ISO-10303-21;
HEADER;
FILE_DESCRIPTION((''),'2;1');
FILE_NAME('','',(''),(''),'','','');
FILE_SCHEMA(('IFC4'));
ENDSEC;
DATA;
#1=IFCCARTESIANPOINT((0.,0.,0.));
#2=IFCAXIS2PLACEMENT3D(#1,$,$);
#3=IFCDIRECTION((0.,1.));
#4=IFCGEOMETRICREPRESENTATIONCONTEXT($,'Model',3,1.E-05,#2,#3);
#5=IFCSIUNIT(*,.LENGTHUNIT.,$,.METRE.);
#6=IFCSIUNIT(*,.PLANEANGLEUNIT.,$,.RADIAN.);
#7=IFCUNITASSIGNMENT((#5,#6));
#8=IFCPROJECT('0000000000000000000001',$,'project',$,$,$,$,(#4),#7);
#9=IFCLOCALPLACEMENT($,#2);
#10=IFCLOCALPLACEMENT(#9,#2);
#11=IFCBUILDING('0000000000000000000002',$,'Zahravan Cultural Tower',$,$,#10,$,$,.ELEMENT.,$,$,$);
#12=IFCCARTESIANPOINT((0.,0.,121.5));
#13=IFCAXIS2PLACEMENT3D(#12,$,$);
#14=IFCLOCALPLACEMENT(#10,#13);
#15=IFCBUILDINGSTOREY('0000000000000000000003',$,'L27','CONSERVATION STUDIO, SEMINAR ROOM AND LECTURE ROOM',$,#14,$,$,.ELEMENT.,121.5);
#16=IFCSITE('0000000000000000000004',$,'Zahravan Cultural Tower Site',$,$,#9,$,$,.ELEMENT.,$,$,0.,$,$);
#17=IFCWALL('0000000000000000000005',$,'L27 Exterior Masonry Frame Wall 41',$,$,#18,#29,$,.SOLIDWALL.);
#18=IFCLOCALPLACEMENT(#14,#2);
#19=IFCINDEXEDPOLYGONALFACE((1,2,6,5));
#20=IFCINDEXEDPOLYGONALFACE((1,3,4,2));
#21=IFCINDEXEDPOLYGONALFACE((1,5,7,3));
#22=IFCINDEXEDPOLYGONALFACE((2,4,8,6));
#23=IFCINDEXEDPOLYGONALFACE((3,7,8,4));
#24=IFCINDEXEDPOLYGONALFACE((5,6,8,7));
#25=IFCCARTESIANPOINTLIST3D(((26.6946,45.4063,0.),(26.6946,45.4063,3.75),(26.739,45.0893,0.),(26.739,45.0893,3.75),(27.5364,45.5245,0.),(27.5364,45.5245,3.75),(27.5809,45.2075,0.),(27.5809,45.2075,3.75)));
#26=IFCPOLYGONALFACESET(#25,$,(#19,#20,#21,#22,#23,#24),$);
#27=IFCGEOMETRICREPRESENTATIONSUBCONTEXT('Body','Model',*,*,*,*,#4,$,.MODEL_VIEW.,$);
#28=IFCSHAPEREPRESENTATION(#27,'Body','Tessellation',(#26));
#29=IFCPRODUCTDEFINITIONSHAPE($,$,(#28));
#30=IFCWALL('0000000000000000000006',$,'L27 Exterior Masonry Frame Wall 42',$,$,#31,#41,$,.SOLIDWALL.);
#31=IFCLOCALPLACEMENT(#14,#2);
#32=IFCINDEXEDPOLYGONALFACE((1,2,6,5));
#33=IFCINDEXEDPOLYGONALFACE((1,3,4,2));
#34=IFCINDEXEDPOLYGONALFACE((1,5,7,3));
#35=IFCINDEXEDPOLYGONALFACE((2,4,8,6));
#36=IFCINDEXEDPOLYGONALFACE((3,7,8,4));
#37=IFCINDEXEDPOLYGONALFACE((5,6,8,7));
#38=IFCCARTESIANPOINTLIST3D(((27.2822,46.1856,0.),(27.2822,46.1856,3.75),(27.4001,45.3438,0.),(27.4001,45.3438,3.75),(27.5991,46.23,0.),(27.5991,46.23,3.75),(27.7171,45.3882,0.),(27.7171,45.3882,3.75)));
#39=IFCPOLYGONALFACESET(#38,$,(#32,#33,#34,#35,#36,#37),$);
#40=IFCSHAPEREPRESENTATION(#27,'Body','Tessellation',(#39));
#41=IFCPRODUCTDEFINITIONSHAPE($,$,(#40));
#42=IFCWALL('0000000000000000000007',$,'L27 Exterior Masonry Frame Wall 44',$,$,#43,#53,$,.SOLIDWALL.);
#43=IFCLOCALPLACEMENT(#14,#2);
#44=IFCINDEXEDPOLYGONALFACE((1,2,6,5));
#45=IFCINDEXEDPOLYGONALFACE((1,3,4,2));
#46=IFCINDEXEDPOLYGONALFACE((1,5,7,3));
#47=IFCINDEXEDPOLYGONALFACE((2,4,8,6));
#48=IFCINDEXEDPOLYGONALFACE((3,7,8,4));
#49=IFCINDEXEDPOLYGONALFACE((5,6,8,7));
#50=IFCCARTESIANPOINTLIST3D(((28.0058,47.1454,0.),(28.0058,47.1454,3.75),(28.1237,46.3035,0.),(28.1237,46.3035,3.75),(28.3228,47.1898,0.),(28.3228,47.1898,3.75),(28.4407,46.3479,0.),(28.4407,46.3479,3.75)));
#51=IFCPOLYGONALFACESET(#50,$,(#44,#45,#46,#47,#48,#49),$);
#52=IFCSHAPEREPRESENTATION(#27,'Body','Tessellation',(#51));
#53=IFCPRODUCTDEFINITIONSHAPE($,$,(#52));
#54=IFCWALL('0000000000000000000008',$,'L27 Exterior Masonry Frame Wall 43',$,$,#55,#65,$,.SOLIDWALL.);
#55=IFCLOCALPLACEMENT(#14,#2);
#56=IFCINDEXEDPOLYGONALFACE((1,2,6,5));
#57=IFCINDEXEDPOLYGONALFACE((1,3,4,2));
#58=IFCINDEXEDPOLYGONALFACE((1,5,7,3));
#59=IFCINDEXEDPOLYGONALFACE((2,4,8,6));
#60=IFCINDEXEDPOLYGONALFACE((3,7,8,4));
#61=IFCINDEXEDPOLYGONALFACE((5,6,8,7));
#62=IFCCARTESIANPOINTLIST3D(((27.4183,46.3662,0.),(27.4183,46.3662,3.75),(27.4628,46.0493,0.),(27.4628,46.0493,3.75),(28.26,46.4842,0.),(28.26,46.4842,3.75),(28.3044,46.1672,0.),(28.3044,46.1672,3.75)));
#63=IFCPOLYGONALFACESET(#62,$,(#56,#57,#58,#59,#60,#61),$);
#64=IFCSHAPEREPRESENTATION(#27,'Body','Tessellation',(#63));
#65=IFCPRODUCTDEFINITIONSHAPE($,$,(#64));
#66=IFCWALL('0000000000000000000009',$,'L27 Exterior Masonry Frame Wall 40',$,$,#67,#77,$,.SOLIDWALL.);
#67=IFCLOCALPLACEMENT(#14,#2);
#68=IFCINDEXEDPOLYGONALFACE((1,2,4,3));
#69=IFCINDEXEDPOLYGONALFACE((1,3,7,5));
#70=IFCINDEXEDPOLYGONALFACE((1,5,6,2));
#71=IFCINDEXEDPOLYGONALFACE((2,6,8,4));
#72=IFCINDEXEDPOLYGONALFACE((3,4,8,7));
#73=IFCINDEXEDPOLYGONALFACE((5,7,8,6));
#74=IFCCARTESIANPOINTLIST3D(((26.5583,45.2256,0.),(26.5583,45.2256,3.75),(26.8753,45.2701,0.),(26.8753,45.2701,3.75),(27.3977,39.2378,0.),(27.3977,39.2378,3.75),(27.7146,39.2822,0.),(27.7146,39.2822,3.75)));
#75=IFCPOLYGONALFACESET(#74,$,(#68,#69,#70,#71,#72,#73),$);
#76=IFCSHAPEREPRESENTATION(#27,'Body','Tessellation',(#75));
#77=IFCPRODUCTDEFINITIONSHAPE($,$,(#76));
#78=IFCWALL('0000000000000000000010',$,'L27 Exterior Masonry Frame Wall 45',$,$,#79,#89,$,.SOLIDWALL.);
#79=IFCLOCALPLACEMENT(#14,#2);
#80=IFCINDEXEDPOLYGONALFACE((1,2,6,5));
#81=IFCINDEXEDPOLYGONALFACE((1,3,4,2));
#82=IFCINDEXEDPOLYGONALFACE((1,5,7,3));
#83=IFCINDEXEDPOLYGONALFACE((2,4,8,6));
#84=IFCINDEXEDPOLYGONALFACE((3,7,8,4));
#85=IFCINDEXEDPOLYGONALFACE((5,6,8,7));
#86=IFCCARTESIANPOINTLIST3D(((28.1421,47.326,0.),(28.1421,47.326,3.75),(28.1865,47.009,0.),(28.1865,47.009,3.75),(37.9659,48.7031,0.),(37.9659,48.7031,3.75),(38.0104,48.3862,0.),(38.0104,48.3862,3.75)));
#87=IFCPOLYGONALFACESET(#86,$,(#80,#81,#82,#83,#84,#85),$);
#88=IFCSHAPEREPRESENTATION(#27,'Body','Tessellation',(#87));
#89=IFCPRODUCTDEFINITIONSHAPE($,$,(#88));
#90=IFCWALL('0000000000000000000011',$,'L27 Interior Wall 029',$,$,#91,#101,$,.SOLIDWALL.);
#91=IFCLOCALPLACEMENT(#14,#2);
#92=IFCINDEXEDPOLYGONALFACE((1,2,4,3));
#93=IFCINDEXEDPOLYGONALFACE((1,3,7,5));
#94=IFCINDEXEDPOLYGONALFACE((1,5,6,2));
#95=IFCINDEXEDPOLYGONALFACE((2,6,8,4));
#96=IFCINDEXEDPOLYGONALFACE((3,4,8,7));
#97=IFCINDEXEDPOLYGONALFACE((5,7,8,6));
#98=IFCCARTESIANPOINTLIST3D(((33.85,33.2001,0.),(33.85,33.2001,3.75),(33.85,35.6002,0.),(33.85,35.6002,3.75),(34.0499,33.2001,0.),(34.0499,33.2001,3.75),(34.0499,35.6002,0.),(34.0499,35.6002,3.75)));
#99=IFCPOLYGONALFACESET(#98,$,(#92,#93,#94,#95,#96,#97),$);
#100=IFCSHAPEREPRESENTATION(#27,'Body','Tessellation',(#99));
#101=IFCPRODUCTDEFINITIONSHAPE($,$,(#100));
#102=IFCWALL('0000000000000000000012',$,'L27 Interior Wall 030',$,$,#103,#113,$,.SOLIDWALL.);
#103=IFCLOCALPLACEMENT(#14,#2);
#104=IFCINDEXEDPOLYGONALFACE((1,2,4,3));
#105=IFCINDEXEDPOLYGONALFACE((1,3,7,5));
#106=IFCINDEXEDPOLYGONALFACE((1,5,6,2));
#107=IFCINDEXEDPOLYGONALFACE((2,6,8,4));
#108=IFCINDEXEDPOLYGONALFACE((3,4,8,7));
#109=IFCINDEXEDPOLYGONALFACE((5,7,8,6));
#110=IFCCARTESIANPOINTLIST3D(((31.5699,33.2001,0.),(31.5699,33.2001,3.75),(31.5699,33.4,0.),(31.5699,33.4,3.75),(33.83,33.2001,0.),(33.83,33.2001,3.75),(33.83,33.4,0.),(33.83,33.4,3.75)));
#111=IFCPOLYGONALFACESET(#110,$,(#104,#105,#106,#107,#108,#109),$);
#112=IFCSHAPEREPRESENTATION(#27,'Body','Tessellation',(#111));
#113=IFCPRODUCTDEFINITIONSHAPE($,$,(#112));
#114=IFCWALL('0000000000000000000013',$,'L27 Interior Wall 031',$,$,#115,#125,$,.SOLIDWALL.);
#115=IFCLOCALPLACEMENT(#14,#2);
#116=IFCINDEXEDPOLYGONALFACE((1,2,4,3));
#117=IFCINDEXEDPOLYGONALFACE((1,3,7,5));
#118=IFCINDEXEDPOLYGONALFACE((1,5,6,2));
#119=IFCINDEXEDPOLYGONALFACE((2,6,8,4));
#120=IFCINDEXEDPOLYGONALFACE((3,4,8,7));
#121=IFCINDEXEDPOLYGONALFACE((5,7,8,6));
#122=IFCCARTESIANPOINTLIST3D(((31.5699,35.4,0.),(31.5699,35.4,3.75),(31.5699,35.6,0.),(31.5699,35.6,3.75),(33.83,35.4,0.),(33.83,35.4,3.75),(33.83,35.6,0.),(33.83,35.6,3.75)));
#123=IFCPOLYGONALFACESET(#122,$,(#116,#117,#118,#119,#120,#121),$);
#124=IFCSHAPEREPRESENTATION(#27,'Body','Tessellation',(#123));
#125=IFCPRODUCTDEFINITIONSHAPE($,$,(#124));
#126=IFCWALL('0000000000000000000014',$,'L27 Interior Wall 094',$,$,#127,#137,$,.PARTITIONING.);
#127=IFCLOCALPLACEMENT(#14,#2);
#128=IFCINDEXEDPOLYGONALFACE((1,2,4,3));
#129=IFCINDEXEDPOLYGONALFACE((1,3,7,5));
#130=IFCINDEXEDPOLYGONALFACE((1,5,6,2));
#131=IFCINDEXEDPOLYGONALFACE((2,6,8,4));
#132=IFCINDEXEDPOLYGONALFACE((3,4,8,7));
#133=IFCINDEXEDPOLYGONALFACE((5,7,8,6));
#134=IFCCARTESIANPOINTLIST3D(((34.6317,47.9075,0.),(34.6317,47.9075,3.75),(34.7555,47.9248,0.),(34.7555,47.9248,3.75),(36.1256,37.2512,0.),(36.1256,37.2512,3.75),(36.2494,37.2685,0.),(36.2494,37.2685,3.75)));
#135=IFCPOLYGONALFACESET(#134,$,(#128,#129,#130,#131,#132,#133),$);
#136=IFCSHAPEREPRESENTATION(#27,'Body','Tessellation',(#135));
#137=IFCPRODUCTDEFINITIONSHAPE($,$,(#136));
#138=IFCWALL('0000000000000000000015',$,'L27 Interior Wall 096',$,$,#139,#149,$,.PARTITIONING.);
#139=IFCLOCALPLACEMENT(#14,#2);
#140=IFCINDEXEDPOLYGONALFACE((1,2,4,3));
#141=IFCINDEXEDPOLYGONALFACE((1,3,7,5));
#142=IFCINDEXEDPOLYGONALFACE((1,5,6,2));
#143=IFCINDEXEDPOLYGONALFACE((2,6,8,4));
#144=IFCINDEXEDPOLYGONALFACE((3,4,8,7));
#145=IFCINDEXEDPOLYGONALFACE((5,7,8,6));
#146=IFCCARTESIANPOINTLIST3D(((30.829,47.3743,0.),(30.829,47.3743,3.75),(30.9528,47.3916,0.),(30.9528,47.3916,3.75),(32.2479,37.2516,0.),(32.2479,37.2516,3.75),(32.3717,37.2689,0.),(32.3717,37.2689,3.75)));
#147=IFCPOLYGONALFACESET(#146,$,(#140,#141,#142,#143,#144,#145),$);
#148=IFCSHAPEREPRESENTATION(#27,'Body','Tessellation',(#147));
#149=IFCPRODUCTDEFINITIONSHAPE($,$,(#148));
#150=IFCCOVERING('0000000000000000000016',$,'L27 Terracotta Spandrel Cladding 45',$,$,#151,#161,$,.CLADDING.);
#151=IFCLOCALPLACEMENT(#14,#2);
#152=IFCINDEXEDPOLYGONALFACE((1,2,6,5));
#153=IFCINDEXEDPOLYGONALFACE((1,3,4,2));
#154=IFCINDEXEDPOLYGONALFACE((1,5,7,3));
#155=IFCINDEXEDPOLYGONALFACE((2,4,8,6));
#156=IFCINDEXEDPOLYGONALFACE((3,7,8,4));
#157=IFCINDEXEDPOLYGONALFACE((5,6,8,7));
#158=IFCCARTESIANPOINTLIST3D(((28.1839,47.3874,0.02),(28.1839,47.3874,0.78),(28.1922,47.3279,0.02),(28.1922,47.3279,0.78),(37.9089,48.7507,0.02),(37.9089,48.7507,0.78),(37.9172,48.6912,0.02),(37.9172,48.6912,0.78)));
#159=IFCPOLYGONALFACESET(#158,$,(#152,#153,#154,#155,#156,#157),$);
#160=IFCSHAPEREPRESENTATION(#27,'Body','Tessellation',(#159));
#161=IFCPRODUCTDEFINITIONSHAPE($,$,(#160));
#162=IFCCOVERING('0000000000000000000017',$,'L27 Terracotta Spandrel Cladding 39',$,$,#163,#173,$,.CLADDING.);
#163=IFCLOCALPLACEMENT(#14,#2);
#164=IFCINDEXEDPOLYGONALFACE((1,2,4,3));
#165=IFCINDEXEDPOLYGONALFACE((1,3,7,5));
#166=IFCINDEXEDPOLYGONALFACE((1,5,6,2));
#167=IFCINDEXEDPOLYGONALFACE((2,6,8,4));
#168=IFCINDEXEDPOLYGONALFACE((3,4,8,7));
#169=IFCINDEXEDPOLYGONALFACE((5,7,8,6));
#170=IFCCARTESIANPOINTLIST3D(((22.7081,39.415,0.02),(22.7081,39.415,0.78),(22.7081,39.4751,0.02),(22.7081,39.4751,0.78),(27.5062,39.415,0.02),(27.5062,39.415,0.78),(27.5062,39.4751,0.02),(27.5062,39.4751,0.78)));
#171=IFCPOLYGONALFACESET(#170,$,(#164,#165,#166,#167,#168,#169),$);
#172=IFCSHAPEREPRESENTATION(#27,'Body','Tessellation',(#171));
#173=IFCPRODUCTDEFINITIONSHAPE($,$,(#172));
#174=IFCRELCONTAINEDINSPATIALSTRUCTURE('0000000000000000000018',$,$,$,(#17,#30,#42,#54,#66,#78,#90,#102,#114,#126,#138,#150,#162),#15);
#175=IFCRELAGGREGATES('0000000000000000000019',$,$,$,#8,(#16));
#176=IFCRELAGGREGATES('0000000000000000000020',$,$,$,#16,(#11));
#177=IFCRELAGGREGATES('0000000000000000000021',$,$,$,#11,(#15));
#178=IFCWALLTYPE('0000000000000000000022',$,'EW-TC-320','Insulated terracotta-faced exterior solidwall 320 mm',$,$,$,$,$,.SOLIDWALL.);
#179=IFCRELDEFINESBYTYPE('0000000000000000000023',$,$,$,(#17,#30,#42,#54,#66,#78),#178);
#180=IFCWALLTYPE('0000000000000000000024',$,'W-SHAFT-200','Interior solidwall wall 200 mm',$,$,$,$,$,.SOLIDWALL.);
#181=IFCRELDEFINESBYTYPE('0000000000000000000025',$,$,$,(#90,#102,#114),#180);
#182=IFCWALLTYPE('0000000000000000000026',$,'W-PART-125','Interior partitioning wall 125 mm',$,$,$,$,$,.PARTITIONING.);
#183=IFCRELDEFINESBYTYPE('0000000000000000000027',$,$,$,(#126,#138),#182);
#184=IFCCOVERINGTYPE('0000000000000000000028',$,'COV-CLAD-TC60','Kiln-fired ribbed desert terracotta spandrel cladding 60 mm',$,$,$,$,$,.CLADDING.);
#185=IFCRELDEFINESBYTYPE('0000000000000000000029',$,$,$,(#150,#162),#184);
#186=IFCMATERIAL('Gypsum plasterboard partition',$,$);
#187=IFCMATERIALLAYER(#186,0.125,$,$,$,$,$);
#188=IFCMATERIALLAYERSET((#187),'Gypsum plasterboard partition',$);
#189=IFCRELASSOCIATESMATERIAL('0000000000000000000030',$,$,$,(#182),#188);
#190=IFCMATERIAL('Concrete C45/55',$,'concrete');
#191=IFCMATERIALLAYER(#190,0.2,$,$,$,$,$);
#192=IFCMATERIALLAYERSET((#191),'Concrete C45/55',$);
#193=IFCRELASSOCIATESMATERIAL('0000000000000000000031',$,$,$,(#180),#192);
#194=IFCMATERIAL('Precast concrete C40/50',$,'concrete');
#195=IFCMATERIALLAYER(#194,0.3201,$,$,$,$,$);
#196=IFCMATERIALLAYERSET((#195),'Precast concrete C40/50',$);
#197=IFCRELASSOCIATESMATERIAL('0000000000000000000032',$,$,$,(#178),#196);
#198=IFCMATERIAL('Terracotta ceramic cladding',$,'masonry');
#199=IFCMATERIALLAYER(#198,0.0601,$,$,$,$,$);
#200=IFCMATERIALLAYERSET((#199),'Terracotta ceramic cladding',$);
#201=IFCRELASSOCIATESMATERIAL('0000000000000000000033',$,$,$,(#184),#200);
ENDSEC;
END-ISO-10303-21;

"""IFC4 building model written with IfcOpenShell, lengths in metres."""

from ifc_helpers import new_model, si_unit, direction, frame, frame_2d, origin, origin_2d, place, context, subcontext, project, spatial, rectangle, extrude, source, transform, mapped, material, layer, layer_set, type_object, element, save


model = new_model("IFC4")

# Units and contexts
model_context = context("Model", 3, precision=1e-05, world=origin(), true_north=direction((0.0, 1.0)))
body_context = subcontext(model_context, "Body", "Model", "MODEL_VIEW")
ifc_project = project(units=[si_unit("LENGTHUNIT", "METRE"), si_unit("PLANEANGLEUNIT", "RADIAN")], contexts=[model_context])

# Site, building, storey
site_placement = place(None, origin())
site = spatial("IfcSite", under=ifc_project, at=site_placement, Name="Zahravan Cultural Tower Site", CompositionType="ELEMENT", RefElevation=0.0)
building_placement = place(site_placement, origin())
building = spatial("IfcBuilding", under=site, at=building_placement, Name="Zahravan Cultural Tower", CompositionType="ELEMENT")
storey_placement = place(building_placement, frame((0.0, 0.0, 121.5)))
storey = spatial("IfcBuildingStorey", under=building, at=storey_placement, Name="L27", Description="CONSERVATION STUDIO, SEMINAR ROOM AND LECTURE ROOM", CompositionType="ELEMENT", Elevation=121.5)

# Shared definitions
ifc_material_1 = material(Name="Gypsum plasterboard partition")
ifc_layer_1 = layer(ifc_material_1, 0.125)
ifc_layer_set_1 = layer_set([ifc_layer_1], Name="Gypsum plasterboard partition")
wall_type_1 = type_object("IfcWallType", Name="W-PART-125", Description="Interior partitioning wall 125 mm", PredefinedType="PARTITIONING", material=ifc_layer_set_1)
ifc_material_2 = material(Name="Concrete C45/55", Category="concrete")
ifc_layer_2 = layer(ifc_material_2, 0.2)
ifc_layer_set_2 = layer_set([ifc_layer_2], Name="Concrete C45/55")
wall_type_2 = type_object("IfcWallType", Name="W-SHAFT-200", Description="Interior solidwall wall 200 mm", PredefinedType="SOLIDWALL", material=ifc_layer_set_2)

# Walls
ifc_material_3 = material(Name="Precast concrete C40/50", Category="concrete")
ifc_layer_3 = layer(ifc_material_3, 0.3201)
ifc_layer_set_3 = layer_set([ifc_layer_3], Name="Precast concrete C40/50")
wall_type_3 = type_object("IfcWallType", Name="EW-TC-320", Description="Insulated terracotta-faced exterior solidwall 320 mm", PredefinedType="SOLIDWALL", material=ifc_layer_set_3)
shared_shape_1 = source(origin(), body_context, "Body", "SweptSolid", [
    extrude(rectangle(XDim=0.8501, YDim=0.3201, at=frame_2d((0.425, 0.0))), origin(), (0.0, 0.0, 1.0), 3.75),
])
for number, where, z_axis, x_axis, name in (
    (1, (26.7168, 45.2478, 0.0), (0.0, 0.0, 1.0), (0.990291, 0.139008, 0.0), "L27 Exterior Masonry Frame Wall 41"),
    (2, (27.5586, 45.366, 0.0), (0.0, 0.0, 1.0), (-0.138727, 0.990331, 0.0), "L27 Exterior Masonry Frame Wall 42"),
    (3, (28.2822, 46.3257, 0.0), (0.0, 0.0, 1.0), (-0.138727, 0.990331, 0.0), "L27 Exterior Masonry Frame Wall 44"),
):
    element("IfcWall", number, at=place(storey_placement, frame(where, z_axis=z_axis, x_axis=x_axis)), inside=storey, type_object=wall_type_3, Name=name, PredefinedType="SOLIDWALL", context=body_context, shape_type="MappedRepresentation", body=[
        mapped(shared_shape_1, transform((0.0, 0.0, 0.0), x_axis=(1.0, 0.0, 0.0), y_axis=(0.0, 1.0, 0.0), z_axis=(0.0, 0.0, 1.0), scale=1.0)),
    ])
shared_shape_2 = source(origin(), body_context, "Body", "SweptSolid", [
    extrude(rectangle(XDim=0.8499, YDim=0.3201, at=frame_2d((0.4248, 0.0))), origin(), (0.0, 0.0, 1.0), 3.75),
])
wall_1_placement = place(storey_placement, frame((27.4407, 46.2078, 0.0), z_axis=(0.0, 0.0, 1.0), x_axis=(0.990325, 0.138766, 0.0)))
element("IfcWall", 4, at=wall_1_placement, inside=storey, type_object=wall_type_3, Name="L27 Exterior Masonry Frame Wall 43", PredefinedType="SOLIDWALL", context=body_context, shape_type="MappedRepresentation", body=[
    mapped(shared_shape_2, transform((0.0, 0.0, 0.0), x_axis=(1.0, 0.0, 0.0), y_axis=(0.0, 1.0, 0.0), z_axis=(0.0, 0.0, 1.0), scale=1.0)),
])
shared_shape_3 = source(origin(), body_context, "Body", "SweptSolid", [
    extrude(rectangle(XDim=6.0464, YDim=0.3201, at=frame_2d((3.0232, 0.0))), origin(), (0.0, 0.0, 1.0), 3.75),
])
wall_2_placement = place(storey_placement, frame((27.5562, 39.26, 0.0), z_axis=(0.0, 0.0, 1.0), x_axis=(-0.138821, 0.990318, 0.0)))
element("IfcWall", 5, at=wall_2_placement, inside=storey, type_object=wall_type_3, Name="L27 Exterior Masonry Frame Wall 40", PredefinedType="SOLIDWALL", context=body_context, shape_type="MappedRepresentation", body=[
    mapped(shared_shape_3, transform((0.0, 0.0, 0.0), x_axis=(1.0, 0.0, 0.0), y_axis=(0.0, 1.0, 0.0), z_axis=(0.0, 0.0, 1.0), scale=1.0)),
])
shared_shape_4 = source(origin(), body_context, "Body", "SweptSolid", [
    extrude(rectangle(XDim=9.9199, YDim=0.3201, at=frame_2d((4.96, 0.0))), origin(), (0.0, 0.0, 1.0), 3.75),
])
wall_3_placement = place(storey_placement, frame((28.1643, 47.1675, 0.0), z_axis=(0.0, 0.0, 1.0), x_axis=(0.990316, 0.13883, 0.0)))
element("IfcWall", 6, at=wall_3_placement, inside=storey, type_object=wall_type_3, Name="L27 Exterior Masonry Frame Wall 45", PredefinedType="SOLIDWALL", context=body_context, shape_type="MappedRepresentation", body=[
    mapped(shared_shape_4, transform((0.0, 0.0, 0.0), x_axis=(1.0, 0.0, 0.0), y_axis=(0.0, 1.0, 0.0), z_axis=(0.0, 0.0, 1.0), scale=1.0)),
])
shared_shape_5 = source(origin(), body_context, "Body", "SweptSolid", [
    extrude(rectangle(XDim=2.4001, YDim=0.2, at=frame_2d((1.2002, 0.0))), origin(), (0.0, 0.0, 1.0), 3.75),
])
wall_4_placement = place(storey_placement, frame((33.95, 33.2, 0.0), z_axis=(0.0, 0.0, 1.0), x_axis=(0.0, 1.0, 0.0)))
element("IfcWall", 7, at=wall_4_placement, inside=storey, type_object=wall_type_2, Name="L27 Interior Wall 029", PredefinedType="SOLIDWALL", context=body_context, shape_type="MappedRepresentation", body=[
    mapped(shared_shape_5, transform((0.0, 0.0, 0.0), x_axis=(1.0, 0.0, 0.0), y_axis=(0.0, 1.0, 0.0), z_axis=(0.0, 0.0, 1.0), scale=1.0)),
])
shared_shape_6 = source(origin(), body_context, "Body", "SweptSolid", [
    extrude(rectangle(XDim=2.26, YDim=0.2, at=frame_2d((1.1299, 0.0))), origin(), (0.0, 0.0, 1.0), 3.75),
])
for number, where, z_axis, x_axis, name in (
    (8, (31.5701, 33.3, 0.0), (0.0, 0.0, 1.0), (1.0, 0.0, 0.0), "L27 Interior Wall 030"),
    (9, (31.5701, 35.5, 0.0), (0.0, 0.0, 1.0), (1.0, 0.0, 0.0), "L27 Interior Wall 031"),
):
    element("IfcWall", number, at=place(storey_placement, frame(where, z_axis=z_axis, x_axis=x_axis)), inside=storey, type_object=wall_type_2, Name=name, PredefinedType="SOLIDWALL", context=body_context, shape_type="MappedRepresentation", body=[
        mapped(shared_shape_6, transform((0.0, 0.0, 0.0), x_axis=(1.0, 0.0, 0.0), y_axis=(0.0, 1.0, 0.0), z_axis=(0.0, 0.0, 1.0), scale=1.0)),
    ])
shared_shape_7 = source(origin(), body_context, "Body", "SweptSolid", [
    extrude(rectangle(XDim=10.7605, YDim=0.125, at=frame_2d((5.3804, 0.0))), origin(), (0.0, 0.0, 1.0), 3.75),
])
wall_5_placement = place(storey_placement, frame((34.6936, 47.9163, 0.0), z_axis=(0.0, 0.0, 1.0), x_axis=(0.138832, -0.990316, 0.0)))
element("IfcWall", 10, at=wall_5_placement, inside=storey, type_object=wall_type_1, Name="L27 Interior Wall 094", PredefinedType="PARTITIONING", context=body_context, shape_type="MappedRepresentation", body=[
    mapped(shared_shape_7, transform((0.0, 0.0, 0.0), x_axis=(1.0, 0.0, 0.0), y_axis=(0.0, 1.0, 0.0), z_axis=(0.0, 0.0, 1.0), scale=1.0)),
])
shared_shape_8 = source(origin(), body_context, "Body", "SweptSolid", [
    extrude(rectangle(XDim=10.2217, YDim=0.125, at=frame_2d((5.1108, 0.0))), origin(), (0.0, 0.0, 1.0), 3.75),
])
wall_6_placement = place(storey_placement, frame((32.3098, 37.2603, 0.0), z_axis=(0.0, 0.0, 1.0), x_axis=(-0.138816, 0.990318, 0.0)))
element("IfcWall", 11, at=wall_6_placement, inside=storey, type_object=wall_type_1, Name="L27 Interior Wall 096", PredefinedType="PARTITIONING", context=body_context, shape_type="MappedRepresentation", body=[
    mapped(shared_shape_8, transform((0.0, 0.0, 0.0), x_axis=(1.0, 0.0, 0.0), y_axis=(0.0, 1.0, 0.0), z_axis=(0.0, 0.0, 1.0), scale=1.0)),
])

# Coverings
ifc_material_4 = material(Name="Terracotta ceramic cladding", Category="masonry")
ifc_layer_4 = layer(ifc_material_4, 0.0601)
ifc_layer_set_4 = layer_set([ifc_layer_4], Name="Terracotta ceramic cladding")
covering_type = type_object("IfcCoveringType", Name="COV-CLAD-TC60", Description="Kiln-fired ribbed desert terracotta spandrel cladding 60 mm", PredefinedType="CLADDING", material=ifc_layer_set_4)
shared_shape_9 = source(origin(), body_context, "Body", "SweptSolid", [
    extrude(rectangle(XDim=9.8201, YDim=0.0601, at=origin_2d()), origin(), (0.0, 0.0, 1.0), 0.76),
])
covering_1_placement = place(storey_placement, frame((33.0505, 48.0393, 0.02), z_axis=(0.0, 0.0, 1.0), x_axis=(0.990317, 0.138827, 0.0)))
element("IfcCovering", 12, at=covering_1_placement, inside=storey, type_object=covering_type, Name="L27 Terracotta Spandrel Cladding 45", PredefinedType="CLADDING", context=body_context, shape_type="MappedRepresentation", body=[
    mapped(shared_shape_9, transform((0.0, 0.0, 0.0), x_axis=(1.0, 0.0, 0.0), y_axis=(0.0, 1.0, 0.0), z_axis=(0.0, 0.0, 1.0), scale=1.0)),
])
shared_shape_10 = source(origin(), body_context, "Body", "SweptSolid", [
    extrude(rectangle(XDim=4.7981, YDim=0.0601, at=origin_2d()), origin(), (0.0, 0.0, 1.0), 0.76),
])
covering_2_placement = place(storey_placement, frame((25.1072, 39.4451, 0.02), z_axis=(0.0, 0.0, 1.0), x_axis=(1.0, 0.0, 0.0)))
element("IfcCovering", 13, at=covering_2_placement, inside=storey, type_object=covering_type, Name="L27 Terracotta Spandrel Cladding 39", PredefinedType="CLADDING", context=body_context, shape_type="MappedRepresentation", body=[
    mapped(shared_shape_10, transform((0.0, 0.0, 0.0), x_axis=(1.0, 0.0, 0.0), y_axis=(0.0, 1.0, 0.0), z_axis=(0.0, 0.0, 1.0), scale=1.0)),
])

save(model, "model.ifc")
